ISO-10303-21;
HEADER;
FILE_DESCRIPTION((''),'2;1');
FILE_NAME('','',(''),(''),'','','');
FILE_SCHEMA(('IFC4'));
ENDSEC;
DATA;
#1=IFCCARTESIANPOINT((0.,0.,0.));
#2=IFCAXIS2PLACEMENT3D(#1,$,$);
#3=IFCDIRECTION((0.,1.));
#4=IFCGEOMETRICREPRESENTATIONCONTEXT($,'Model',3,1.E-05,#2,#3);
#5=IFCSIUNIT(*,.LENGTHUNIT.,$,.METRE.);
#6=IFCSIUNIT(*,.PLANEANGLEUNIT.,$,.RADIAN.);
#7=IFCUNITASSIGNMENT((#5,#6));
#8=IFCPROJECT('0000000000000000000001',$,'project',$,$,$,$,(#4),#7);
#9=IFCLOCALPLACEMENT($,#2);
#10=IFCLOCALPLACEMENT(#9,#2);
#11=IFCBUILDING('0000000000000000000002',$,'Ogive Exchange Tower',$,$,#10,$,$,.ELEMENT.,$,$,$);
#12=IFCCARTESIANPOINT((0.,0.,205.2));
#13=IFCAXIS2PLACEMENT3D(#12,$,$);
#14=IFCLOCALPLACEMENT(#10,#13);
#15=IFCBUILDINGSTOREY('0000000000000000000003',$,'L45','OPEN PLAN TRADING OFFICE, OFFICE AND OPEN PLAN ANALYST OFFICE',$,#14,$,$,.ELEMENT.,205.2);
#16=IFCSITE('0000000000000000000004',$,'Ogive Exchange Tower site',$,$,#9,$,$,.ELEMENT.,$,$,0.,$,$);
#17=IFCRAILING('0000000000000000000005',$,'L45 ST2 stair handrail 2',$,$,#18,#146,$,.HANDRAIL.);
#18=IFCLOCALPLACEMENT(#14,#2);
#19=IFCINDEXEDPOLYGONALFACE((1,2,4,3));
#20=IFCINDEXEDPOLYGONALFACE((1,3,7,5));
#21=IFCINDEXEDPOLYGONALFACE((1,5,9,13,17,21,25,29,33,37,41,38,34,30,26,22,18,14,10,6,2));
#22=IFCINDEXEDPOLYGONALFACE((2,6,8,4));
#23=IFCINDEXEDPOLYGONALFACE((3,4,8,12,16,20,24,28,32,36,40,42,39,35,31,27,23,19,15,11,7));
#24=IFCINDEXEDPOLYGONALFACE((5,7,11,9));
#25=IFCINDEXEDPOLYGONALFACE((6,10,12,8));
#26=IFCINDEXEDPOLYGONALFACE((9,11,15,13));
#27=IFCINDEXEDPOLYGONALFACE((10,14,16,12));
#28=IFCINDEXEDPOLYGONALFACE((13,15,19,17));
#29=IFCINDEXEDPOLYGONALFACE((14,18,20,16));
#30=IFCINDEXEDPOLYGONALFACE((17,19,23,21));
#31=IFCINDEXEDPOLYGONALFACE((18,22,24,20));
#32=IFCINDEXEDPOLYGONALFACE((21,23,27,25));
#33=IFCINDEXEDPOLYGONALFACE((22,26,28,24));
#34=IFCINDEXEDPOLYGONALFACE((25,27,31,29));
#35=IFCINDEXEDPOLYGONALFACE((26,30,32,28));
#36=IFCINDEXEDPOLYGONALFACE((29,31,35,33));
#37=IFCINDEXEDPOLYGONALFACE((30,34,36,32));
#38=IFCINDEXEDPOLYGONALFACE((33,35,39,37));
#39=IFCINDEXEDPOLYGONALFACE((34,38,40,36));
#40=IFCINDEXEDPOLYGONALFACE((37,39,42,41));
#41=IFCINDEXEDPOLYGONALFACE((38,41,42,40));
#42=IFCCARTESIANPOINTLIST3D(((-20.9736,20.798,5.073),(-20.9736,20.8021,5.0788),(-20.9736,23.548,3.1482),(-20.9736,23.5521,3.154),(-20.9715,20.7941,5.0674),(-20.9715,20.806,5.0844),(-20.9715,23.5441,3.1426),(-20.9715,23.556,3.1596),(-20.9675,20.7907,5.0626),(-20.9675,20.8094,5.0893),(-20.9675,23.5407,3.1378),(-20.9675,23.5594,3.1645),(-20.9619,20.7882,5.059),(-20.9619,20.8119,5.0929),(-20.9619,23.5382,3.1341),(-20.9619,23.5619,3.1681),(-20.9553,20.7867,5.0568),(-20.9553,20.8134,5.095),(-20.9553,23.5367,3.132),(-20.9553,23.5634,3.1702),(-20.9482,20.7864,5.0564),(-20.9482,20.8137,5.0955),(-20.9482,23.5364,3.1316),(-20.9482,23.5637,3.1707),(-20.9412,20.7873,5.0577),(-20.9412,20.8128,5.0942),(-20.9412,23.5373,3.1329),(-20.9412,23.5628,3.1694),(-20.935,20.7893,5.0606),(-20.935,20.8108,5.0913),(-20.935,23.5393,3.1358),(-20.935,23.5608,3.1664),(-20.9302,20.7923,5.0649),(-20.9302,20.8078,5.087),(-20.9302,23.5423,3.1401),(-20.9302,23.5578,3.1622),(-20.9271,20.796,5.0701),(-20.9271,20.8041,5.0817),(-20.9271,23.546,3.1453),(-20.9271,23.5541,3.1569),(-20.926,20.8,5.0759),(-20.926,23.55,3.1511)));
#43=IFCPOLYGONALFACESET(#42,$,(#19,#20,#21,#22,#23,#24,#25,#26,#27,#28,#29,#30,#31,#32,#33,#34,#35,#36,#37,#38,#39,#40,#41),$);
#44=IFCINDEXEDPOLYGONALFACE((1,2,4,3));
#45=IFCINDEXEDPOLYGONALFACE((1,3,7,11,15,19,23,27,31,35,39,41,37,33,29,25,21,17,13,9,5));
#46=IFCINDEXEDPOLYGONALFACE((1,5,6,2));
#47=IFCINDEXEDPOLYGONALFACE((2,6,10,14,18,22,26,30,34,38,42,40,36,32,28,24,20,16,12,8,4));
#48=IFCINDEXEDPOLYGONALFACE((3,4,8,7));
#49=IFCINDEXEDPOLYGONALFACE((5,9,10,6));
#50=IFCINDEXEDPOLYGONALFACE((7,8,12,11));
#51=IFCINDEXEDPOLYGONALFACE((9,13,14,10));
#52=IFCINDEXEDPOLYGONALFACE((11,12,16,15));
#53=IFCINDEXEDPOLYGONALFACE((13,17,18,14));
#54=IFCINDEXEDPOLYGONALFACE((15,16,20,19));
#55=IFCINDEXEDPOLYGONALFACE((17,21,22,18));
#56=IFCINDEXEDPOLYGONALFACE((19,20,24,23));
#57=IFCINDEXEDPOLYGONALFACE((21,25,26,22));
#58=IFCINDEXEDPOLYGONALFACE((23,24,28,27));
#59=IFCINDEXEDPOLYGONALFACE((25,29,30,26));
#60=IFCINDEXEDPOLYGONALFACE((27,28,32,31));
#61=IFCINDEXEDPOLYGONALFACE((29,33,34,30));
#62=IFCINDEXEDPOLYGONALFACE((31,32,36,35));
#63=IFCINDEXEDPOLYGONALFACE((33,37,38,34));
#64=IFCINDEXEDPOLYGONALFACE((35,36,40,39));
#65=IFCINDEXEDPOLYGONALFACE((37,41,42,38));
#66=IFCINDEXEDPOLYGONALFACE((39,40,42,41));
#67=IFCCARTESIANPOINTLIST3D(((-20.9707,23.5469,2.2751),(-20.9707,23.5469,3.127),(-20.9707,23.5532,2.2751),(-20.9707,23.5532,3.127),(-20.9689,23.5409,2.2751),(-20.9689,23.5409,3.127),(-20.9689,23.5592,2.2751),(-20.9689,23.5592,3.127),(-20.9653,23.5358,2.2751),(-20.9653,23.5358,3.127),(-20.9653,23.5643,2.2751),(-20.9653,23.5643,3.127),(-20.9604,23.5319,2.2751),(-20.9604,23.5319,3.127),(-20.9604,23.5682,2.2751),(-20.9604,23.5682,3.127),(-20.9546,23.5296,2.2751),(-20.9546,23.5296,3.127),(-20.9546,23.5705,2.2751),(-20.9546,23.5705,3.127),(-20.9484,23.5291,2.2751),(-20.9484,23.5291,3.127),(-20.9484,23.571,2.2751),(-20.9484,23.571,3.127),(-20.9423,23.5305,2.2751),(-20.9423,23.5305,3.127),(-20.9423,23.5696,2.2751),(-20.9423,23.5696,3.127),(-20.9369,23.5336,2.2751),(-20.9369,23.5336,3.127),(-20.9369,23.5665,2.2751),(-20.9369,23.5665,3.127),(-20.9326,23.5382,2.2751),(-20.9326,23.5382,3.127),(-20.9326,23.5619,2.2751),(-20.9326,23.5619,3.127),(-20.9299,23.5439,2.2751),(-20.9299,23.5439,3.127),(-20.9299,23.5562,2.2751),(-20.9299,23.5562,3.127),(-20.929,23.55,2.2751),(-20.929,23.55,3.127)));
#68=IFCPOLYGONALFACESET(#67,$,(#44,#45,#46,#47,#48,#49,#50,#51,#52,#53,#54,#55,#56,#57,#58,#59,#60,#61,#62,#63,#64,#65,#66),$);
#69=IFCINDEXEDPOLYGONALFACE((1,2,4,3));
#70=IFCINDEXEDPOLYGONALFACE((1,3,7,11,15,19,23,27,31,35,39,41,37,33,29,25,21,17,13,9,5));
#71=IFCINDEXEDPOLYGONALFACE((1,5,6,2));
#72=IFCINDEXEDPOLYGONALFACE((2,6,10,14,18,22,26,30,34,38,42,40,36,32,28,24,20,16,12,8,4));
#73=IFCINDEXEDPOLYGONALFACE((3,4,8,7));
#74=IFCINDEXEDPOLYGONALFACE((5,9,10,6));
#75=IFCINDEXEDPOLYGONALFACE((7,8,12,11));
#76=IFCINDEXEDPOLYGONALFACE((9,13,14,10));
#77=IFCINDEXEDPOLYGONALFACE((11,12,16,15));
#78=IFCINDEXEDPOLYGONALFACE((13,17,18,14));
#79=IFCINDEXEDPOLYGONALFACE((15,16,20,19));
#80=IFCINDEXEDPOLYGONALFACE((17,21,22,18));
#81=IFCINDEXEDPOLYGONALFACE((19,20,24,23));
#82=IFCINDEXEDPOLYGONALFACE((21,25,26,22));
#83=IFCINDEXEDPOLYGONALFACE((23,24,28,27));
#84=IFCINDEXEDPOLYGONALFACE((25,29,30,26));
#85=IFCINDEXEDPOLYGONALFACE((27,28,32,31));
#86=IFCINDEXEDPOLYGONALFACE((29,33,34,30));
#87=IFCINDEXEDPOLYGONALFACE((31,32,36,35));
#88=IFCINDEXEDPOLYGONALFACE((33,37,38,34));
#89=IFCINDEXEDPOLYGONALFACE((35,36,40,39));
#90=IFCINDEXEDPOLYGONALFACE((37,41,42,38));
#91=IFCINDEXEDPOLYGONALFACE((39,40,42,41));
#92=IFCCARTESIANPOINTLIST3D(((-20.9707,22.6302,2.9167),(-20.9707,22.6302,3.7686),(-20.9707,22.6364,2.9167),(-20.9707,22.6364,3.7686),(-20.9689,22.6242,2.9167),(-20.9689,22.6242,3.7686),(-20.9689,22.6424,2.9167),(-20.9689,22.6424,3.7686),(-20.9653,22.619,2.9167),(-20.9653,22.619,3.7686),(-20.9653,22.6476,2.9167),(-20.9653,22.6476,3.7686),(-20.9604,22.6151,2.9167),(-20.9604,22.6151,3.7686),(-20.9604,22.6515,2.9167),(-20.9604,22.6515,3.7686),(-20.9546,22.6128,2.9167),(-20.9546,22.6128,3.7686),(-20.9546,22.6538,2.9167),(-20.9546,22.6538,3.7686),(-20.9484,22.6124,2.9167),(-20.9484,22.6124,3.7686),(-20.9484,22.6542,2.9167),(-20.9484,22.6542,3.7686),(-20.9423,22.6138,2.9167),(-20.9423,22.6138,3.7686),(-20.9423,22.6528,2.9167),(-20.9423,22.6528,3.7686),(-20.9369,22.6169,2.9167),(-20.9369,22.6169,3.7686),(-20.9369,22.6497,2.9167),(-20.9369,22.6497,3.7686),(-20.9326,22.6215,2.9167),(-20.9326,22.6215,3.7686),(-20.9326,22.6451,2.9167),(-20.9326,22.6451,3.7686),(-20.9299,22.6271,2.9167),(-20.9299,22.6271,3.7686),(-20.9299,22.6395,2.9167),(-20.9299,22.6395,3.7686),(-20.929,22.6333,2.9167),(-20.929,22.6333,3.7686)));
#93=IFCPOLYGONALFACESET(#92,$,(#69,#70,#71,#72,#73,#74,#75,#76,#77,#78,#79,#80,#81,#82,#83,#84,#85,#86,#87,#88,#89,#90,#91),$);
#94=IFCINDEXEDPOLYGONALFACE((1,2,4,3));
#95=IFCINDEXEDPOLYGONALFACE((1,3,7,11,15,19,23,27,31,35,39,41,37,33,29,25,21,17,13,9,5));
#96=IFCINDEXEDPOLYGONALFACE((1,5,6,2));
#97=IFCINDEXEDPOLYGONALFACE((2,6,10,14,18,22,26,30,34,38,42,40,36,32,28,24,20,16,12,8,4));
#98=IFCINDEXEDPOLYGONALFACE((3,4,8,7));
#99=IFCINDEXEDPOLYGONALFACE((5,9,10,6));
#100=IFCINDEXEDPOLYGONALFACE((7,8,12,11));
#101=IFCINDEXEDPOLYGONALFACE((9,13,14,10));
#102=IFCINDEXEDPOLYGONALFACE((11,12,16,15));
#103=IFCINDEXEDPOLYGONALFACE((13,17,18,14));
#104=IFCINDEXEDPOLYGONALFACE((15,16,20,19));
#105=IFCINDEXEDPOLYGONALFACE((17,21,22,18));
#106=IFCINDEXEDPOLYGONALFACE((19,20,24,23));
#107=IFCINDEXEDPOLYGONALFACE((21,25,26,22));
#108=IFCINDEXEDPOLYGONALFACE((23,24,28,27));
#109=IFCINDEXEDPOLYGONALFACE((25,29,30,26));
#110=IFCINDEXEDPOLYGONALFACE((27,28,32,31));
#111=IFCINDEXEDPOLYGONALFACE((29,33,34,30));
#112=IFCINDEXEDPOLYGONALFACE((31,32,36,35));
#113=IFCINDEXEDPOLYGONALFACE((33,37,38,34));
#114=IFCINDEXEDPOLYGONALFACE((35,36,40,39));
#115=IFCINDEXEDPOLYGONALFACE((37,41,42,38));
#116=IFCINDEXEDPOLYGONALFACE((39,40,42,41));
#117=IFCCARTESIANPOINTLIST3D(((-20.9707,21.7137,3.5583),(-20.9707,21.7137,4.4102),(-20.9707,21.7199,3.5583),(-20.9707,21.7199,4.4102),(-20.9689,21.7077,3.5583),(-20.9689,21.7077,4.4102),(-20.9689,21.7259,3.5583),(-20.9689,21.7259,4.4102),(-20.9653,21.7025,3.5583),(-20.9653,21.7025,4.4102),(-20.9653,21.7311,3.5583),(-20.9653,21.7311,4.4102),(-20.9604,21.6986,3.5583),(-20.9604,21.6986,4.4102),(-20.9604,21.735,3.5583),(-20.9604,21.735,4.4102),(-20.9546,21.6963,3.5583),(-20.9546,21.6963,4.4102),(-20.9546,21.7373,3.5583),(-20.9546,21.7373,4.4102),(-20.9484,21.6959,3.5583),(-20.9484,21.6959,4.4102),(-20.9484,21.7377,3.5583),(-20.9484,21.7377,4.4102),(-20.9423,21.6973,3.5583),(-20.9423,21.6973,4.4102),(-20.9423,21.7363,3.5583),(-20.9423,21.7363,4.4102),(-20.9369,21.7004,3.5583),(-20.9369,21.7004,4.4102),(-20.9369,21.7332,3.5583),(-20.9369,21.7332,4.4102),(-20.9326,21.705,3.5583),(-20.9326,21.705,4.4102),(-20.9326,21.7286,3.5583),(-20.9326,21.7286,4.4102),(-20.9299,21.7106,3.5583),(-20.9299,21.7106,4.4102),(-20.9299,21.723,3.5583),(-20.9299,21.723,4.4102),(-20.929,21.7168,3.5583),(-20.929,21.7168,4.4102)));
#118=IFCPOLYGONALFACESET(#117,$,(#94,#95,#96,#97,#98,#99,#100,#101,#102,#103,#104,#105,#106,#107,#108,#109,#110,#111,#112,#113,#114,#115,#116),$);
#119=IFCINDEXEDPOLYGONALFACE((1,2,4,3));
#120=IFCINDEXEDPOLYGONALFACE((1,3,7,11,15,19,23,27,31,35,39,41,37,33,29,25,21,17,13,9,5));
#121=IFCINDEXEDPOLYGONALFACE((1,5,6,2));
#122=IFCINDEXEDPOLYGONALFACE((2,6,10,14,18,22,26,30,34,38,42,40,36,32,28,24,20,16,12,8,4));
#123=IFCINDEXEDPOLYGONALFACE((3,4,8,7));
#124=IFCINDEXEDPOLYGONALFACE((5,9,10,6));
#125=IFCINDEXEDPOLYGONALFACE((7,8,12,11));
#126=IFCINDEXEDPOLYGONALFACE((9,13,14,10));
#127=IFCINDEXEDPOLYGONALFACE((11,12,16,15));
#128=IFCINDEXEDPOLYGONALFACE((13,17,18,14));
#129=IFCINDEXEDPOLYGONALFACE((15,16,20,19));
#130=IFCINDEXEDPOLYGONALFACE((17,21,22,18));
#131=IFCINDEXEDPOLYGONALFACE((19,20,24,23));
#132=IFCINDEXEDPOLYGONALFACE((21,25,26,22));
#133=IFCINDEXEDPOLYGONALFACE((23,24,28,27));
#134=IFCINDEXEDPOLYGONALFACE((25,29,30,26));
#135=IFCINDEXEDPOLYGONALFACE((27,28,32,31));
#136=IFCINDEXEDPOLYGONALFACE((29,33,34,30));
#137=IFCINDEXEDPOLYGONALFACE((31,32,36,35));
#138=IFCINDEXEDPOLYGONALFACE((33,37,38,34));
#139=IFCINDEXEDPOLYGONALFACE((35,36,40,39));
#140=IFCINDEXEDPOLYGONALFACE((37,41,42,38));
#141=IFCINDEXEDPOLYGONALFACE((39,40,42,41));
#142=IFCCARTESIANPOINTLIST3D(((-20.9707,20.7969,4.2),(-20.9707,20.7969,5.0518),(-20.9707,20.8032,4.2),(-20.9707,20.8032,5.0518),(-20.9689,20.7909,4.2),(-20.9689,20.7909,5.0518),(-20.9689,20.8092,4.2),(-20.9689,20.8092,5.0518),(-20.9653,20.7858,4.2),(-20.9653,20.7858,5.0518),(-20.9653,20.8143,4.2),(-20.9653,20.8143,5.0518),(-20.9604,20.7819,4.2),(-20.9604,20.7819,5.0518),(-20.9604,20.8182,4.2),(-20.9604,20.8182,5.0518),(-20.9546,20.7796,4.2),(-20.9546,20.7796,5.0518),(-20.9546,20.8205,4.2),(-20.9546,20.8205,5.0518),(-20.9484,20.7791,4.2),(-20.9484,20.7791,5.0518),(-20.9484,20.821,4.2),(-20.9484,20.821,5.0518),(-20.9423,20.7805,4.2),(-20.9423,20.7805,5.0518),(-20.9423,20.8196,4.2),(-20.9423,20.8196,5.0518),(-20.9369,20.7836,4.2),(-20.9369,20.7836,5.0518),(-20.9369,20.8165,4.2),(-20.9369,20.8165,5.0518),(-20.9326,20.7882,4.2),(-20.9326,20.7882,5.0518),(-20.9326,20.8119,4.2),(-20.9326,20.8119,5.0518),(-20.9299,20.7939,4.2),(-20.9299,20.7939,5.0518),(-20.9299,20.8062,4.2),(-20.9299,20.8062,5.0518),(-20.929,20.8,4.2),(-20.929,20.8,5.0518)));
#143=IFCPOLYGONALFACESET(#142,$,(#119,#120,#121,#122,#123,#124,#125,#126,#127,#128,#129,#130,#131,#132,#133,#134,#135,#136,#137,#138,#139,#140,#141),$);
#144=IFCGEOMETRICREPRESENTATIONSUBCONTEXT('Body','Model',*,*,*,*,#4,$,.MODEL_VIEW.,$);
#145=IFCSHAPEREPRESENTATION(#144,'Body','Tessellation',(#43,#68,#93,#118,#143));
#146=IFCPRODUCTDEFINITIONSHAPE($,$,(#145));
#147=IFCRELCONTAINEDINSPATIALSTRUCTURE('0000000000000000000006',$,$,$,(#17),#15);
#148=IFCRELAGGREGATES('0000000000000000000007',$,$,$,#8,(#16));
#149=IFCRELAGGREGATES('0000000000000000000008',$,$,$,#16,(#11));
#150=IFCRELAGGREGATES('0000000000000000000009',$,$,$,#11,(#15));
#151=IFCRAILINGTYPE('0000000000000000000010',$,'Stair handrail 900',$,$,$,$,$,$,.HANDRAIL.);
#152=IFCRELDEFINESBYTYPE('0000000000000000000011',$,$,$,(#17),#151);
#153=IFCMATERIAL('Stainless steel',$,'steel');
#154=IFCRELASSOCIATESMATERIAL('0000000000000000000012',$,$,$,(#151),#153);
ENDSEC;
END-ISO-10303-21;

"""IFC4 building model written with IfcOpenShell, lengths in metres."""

from ifc_helpers import new_model, si_unit, direction, frame, origin, origin_2d, place, context, subcontext, project, spatial, circle, extrude, material, type_object, element, save


model = new_model("IFC4")

# Units and contexts
model_context = context("Model", 3, precision=1e-05, world=origin(), true_north=direction((0.0, 1.0)))
body_context = subcontext(model_context, "Body", "Model", "MODEL_VIEW")
ifc_project = project(units=[si_unit("LENGTHUNIT", "METRE"), si_unit("PLANEANGLEUNIT", "RADIAN")], contexts=[model_context])

# Site, building, storey
site_placement = place(None, origin())
site = spatial("IfcSite", under=ifc_project, at=site_placement, Name="Ogive Exchange Tower site", CompositionType="ELEMENT", RefElevation=0.0)
building_placement = place(site_placement, origin())
building = spatial("IfcBuilding", under=site, at=building_placement, Name="Ogive Exchange Tower", CompositionType="ELEMENT")
storey_placement = place(building_placement, frame((0.0, 0.0, 205.2)))
storey = spatial("IfcBuildingStorey", under=building, at=storey_placement, Name="L45", Description="OPEN PLAN TRADING OFFICE, OFFICE AND OPEN PLAN ANALYST OFFICE", CompositionType="ELEMENT", Elevation=205.2)

# Railing
ifc_material_1 = material(Name="Stainless steel", Category="steel")
railing_type = type_object("IfcRailingType", Name="Stair handrail 900", PredefinedType="HANDRAIL", material=ifc_material_1)
railing_1_placement = place(storey_placement, frame((-20.95, 23.55, 2.2751)))
element("IfcRailing", 1, at=railing_1_placement, inside=storey, type_object=railing_type, Name="L45 ST2 stair handrail 2", PredefinedType="HANDRAIL", context=body_context, shape_type="SweptSolid", body=[
    extrude(circle(Radius=0.0239, at=origin_2d()), frame((0.0, 0.0, 0.876), z_axis=(0.0, -0.819259, 0.573423), x_axis=(1.0, 0.0, 0.0)), (0.0, 0.0, 1.0), 3.3567),
    extrude(circle(Radius=0.021, at=origin_2d()), origin(), (0.0, 0.0, 1.0), 0.8518),
    extrude(circle(Radius=0.021, at=origin_2d()), frame((0.0, -0.9167, 0.6416)), (0.0, 0.0, 1.0), 0.8518),
    extrude(circle(Radius=0.021, at=origin_2d()), frame((0.0, -1.8333, 1.2832)), (0.0, 0.0, 1.0), 0.8518),
    extrude(circle(Radius=0.021, at=origin_2d()), frame((0.0, -2.75, 1.9248)), (0.0, 0.0, 1.0), 0.8518),
])

save(model, "model.ifc")
